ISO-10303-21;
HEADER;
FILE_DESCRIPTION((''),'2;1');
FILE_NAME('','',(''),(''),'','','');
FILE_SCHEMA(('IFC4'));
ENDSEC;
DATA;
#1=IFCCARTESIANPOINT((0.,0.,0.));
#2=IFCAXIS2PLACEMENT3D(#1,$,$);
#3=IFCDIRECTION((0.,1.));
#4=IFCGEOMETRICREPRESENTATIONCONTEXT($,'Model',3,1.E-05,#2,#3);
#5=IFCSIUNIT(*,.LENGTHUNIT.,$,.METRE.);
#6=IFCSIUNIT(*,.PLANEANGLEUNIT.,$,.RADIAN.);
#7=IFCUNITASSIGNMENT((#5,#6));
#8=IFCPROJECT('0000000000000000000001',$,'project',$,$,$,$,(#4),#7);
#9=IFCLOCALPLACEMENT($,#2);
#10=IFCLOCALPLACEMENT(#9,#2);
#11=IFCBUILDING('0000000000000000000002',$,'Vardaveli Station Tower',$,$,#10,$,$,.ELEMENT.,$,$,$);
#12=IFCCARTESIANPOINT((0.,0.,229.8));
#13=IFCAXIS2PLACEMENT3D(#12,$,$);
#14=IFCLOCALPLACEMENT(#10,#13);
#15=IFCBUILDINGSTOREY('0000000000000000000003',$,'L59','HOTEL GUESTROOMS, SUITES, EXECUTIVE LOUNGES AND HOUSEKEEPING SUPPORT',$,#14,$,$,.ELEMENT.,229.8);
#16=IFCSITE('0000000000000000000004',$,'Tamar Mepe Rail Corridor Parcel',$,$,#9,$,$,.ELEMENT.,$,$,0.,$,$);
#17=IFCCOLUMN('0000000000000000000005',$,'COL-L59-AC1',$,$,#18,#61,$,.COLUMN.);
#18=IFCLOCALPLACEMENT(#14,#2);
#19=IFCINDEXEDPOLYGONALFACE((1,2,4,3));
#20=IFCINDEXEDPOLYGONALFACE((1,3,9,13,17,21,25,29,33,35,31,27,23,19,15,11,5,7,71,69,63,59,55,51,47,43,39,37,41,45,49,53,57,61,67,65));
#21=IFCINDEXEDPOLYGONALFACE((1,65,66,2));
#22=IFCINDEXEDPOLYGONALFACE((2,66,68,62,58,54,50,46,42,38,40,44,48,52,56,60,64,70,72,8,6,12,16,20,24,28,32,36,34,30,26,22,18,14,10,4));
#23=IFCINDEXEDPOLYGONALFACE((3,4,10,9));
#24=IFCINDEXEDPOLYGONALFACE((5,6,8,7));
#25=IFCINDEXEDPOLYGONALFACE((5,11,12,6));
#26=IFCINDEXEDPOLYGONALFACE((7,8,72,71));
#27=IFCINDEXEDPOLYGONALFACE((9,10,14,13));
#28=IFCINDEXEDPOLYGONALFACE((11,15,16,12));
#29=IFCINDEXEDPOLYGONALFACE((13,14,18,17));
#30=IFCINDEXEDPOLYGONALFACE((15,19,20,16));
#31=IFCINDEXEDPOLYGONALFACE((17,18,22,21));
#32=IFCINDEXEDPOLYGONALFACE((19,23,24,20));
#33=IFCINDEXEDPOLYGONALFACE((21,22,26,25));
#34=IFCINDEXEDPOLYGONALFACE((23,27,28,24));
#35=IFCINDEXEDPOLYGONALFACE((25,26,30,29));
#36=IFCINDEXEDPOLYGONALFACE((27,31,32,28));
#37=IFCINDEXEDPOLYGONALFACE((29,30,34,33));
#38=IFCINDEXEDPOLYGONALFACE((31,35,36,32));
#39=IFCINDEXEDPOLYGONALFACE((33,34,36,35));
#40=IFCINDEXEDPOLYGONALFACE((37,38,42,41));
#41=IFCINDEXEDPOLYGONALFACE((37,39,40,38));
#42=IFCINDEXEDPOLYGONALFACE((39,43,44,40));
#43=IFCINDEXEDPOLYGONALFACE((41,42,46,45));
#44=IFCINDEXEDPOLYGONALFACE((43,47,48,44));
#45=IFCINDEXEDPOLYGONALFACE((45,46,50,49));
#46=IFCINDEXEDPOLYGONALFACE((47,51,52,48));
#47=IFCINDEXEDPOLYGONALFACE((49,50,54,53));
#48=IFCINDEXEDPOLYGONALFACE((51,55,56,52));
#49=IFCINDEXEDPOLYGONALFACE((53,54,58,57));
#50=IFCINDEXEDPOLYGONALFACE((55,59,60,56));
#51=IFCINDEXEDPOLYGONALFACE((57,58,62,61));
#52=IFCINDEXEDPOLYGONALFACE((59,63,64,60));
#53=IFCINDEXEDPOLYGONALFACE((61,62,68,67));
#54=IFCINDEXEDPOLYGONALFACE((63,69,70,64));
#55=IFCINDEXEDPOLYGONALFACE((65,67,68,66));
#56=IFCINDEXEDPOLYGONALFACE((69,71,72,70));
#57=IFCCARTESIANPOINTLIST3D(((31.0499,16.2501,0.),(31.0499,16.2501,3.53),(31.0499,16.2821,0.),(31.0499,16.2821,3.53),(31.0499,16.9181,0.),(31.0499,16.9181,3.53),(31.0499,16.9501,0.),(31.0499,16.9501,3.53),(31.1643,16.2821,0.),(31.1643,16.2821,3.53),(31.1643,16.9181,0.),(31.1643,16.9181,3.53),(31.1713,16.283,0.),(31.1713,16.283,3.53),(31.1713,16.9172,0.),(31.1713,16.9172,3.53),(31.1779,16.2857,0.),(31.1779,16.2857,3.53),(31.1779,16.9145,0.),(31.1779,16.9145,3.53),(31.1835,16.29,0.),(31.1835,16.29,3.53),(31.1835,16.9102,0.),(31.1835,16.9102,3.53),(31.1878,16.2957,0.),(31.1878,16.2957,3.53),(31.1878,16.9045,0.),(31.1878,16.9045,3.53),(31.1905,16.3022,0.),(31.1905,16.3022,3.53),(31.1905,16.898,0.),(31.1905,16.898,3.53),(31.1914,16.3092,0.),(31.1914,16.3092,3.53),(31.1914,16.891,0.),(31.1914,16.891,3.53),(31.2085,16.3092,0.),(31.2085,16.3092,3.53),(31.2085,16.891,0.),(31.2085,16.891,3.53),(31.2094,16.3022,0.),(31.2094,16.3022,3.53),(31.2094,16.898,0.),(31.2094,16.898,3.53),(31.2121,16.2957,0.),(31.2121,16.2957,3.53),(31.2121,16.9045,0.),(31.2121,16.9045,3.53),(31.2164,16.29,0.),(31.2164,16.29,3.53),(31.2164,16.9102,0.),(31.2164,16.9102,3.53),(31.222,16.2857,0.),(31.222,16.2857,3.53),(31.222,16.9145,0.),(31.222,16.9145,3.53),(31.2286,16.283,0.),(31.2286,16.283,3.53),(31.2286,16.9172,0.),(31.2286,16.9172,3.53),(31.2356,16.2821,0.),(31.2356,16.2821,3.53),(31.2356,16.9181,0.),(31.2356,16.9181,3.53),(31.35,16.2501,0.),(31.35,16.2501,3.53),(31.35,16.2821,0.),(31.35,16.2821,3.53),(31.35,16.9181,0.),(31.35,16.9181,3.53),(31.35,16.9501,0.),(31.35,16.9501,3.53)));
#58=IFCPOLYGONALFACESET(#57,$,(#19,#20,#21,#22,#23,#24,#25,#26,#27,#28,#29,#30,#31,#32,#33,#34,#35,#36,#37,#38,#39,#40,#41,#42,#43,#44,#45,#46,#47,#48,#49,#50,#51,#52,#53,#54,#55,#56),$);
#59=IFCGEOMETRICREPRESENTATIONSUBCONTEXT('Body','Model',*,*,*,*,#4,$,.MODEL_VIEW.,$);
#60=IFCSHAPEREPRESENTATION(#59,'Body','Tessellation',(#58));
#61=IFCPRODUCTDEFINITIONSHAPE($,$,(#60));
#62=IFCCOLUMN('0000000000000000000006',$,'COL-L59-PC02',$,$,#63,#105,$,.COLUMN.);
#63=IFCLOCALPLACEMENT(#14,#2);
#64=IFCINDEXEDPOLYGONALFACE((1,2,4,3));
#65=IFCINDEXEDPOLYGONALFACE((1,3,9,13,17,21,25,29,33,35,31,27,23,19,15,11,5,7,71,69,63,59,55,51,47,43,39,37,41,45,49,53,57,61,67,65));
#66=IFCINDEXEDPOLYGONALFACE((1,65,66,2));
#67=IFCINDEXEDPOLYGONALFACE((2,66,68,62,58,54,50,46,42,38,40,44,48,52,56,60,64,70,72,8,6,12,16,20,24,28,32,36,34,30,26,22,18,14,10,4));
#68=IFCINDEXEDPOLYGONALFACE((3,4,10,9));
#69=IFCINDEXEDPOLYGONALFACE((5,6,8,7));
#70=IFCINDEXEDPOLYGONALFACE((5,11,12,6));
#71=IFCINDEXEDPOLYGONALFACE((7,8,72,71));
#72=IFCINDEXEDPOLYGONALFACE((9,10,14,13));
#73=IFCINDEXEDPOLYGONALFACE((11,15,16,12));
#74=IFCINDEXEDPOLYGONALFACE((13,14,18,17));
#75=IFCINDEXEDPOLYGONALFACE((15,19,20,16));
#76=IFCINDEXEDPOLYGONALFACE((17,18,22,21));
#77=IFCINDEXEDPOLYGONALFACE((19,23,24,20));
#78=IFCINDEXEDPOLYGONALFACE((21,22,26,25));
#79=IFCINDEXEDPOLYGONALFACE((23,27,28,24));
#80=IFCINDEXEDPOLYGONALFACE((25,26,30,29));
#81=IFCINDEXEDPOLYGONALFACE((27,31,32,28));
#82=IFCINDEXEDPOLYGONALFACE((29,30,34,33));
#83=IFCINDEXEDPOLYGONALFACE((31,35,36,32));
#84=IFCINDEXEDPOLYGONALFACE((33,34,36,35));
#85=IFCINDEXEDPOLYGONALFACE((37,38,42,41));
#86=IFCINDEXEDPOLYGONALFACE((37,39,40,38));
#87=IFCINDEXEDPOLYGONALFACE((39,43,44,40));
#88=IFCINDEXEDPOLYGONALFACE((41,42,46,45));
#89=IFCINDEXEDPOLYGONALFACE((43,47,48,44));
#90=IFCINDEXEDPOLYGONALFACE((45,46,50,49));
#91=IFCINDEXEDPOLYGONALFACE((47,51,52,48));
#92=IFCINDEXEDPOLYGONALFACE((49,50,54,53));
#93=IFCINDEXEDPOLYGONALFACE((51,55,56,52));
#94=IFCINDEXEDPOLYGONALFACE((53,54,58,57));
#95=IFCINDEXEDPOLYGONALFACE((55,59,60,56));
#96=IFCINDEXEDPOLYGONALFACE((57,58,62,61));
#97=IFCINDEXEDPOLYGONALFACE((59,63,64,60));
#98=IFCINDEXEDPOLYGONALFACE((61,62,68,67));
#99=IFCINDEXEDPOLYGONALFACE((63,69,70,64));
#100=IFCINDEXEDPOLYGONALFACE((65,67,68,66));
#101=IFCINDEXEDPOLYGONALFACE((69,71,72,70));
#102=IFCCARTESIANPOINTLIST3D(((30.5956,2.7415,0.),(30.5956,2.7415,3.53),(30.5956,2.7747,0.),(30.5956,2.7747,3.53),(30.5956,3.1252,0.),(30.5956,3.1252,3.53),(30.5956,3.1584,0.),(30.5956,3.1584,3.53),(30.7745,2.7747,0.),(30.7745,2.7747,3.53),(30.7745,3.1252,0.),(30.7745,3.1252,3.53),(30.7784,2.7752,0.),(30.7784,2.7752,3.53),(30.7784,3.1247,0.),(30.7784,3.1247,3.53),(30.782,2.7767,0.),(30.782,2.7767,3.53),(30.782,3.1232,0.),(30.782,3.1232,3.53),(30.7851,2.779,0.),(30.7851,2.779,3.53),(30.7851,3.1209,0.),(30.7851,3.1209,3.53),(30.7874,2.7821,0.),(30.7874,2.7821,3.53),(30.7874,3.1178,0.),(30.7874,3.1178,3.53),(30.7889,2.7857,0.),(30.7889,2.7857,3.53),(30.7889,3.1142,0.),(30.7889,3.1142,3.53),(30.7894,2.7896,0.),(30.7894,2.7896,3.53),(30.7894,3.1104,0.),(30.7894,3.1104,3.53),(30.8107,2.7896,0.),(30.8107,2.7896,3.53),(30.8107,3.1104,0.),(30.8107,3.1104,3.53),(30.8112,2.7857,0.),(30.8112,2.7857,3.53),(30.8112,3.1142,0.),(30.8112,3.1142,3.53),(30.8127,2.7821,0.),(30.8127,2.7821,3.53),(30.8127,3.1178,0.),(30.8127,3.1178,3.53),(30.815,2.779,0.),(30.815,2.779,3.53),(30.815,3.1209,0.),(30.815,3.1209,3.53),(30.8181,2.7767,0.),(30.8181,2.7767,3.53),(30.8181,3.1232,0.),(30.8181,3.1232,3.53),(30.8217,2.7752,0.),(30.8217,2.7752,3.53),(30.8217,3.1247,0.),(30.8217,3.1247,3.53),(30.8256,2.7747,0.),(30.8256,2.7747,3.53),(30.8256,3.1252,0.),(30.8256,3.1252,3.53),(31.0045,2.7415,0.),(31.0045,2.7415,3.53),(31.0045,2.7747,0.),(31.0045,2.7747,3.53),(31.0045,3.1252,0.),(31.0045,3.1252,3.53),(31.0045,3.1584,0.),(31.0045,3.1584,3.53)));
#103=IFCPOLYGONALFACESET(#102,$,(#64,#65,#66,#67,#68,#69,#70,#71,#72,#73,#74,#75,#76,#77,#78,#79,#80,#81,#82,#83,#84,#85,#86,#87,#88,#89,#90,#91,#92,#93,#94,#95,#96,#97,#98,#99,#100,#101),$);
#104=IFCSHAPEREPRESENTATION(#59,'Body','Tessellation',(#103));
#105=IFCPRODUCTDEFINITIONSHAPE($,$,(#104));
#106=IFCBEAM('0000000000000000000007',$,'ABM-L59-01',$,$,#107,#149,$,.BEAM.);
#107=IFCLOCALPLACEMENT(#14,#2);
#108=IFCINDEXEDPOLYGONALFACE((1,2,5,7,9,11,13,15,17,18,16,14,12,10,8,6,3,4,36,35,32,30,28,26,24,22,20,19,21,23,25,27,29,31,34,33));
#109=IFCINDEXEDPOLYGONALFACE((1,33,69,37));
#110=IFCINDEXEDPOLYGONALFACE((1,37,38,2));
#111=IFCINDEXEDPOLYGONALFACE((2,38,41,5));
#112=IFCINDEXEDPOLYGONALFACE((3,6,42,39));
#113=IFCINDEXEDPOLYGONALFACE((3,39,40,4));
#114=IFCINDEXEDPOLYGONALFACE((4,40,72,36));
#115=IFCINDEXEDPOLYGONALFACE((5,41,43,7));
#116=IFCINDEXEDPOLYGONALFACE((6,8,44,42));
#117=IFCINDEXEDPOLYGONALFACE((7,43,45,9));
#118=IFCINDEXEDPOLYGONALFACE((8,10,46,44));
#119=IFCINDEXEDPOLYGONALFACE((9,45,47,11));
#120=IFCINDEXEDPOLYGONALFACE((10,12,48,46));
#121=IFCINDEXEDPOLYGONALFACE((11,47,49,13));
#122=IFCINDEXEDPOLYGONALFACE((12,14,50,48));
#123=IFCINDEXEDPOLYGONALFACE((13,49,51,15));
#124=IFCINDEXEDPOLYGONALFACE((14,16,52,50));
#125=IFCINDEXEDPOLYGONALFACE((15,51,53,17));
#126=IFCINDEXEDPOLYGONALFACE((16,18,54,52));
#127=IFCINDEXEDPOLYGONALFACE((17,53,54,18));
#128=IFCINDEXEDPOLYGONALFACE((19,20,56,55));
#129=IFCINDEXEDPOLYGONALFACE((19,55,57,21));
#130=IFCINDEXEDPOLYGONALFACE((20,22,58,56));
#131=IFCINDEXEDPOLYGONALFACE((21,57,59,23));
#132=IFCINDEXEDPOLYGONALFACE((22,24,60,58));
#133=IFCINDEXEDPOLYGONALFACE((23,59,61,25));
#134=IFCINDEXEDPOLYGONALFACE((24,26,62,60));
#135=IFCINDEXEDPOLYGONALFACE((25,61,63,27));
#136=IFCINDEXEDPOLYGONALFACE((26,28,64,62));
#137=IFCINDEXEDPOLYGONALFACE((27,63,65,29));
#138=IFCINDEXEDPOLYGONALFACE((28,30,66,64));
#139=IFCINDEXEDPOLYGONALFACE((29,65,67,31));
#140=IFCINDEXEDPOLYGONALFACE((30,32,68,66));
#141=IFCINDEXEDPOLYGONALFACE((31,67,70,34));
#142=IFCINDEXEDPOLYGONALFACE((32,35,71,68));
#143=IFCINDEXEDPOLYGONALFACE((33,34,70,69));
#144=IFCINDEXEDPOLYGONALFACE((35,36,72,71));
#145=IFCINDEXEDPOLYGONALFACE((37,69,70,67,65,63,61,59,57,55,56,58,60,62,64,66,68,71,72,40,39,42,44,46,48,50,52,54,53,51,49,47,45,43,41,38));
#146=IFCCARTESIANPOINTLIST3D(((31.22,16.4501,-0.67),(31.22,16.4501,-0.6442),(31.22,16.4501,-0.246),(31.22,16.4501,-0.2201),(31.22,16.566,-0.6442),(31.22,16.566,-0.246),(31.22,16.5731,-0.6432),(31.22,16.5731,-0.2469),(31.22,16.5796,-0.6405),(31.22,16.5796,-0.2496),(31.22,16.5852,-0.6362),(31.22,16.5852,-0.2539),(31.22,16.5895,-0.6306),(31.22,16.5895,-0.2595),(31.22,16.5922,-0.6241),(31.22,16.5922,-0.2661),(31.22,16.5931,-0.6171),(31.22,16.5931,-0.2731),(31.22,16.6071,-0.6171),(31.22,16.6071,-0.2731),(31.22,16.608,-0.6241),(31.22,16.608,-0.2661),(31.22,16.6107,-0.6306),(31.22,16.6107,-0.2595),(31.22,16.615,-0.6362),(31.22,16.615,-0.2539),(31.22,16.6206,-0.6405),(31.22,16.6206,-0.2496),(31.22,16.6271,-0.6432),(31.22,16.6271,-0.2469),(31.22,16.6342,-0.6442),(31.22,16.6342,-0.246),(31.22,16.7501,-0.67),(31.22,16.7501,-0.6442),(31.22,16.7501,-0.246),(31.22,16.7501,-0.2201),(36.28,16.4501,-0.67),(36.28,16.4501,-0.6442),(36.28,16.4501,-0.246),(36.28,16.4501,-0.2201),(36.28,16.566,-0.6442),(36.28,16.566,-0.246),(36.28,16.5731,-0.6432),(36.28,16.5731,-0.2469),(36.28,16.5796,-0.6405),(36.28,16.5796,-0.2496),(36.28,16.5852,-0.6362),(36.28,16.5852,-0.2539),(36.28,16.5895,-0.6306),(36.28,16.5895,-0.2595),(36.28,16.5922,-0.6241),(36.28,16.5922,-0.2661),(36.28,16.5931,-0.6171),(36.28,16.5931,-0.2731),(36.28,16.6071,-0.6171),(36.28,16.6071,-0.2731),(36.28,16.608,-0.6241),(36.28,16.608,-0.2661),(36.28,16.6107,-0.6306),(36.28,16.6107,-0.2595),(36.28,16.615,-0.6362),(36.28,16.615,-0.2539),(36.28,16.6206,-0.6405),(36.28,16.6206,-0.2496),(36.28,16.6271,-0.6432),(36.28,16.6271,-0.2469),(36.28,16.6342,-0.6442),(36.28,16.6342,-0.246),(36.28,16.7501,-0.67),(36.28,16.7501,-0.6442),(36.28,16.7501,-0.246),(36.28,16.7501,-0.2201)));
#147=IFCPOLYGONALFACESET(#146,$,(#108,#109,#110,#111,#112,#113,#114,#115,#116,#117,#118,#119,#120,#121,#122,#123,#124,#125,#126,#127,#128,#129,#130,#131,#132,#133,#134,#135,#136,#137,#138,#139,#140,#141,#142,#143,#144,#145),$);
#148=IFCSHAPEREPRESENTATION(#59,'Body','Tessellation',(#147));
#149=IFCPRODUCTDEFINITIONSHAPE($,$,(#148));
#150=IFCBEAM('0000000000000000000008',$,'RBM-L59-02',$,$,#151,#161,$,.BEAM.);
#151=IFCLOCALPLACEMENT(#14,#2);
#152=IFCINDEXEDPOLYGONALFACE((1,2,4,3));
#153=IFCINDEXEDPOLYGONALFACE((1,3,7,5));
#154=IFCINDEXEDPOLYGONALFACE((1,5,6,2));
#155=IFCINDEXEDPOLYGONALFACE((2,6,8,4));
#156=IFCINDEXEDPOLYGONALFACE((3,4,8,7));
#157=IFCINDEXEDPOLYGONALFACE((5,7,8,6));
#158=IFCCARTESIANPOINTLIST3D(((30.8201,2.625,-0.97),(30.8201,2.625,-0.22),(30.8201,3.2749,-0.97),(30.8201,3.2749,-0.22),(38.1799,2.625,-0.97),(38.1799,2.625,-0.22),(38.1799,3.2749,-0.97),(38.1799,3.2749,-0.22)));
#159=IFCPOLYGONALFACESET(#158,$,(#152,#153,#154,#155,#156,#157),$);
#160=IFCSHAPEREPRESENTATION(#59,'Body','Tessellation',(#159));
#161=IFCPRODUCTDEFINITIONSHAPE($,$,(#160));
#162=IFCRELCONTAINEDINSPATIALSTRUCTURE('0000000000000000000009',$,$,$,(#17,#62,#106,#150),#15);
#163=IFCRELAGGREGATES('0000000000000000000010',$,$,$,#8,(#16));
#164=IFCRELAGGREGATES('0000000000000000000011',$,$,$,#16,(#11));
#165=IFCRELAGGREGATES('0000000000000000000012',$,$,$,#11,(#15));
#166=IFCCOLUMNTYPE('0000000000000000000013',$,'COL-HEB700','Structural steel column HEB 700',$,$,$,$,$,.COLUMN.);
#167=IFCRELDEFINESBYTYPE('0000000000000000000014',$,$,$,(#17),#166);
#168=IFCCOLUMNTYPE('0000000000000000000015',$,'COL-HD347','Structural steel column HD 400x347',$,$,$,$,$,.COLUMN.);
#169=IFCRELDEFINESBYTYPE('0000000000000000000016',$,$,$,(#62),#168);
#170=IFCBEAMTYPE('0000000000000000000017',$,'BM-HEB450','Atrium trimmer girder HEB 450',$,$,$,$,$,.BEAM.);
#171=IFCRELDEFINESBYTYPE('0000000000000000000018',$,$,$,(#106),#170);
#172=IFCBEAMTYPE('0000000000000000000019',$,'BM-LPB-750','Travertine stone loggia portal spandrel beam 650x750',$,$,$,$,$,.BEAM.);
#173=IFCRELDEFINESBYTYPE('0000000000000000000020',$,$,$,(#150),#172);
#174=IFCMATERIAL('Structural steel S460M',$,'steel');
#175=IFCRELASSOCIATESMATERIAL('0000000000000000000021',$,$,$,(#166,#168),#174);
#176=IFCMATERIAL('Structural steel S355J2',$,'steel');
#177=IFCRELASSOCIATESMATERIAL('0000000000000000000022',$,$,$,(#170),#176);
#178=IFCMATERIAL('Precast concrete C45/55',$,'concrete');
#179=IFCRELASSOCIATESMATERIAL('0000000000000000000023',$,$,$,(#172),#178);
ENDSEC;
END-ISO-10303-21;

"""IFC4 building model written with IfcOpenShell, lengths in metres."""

from ifc_helpers import new_model, si_unit, direction, frame, origin, origin_2d, place, context, subcontext, project, spatial, rectangle, i_section, extrude, source, transform, mapped, material, material_profile, profile_set, type_object, element, save


model = new_model("IFC4")

# Units and contexts
model_context = context("Model", 3, precision=1e-05, world=origin(), true_north=direction((0.0, 1.0)))
body_context = subcontext(model_context, "Body", "Model", "MODEL_VIEW")
ifc_project = project(units=[si_unit("LENGTHUNIT", "METRE"), si_unit("PLANEANGLEUNIT", "RADIAN")], contexts=[model_context])

# Site, building, storey
site_placement = place(None, origin())
site = spatial("IfcSite", under=ifc_project, at=site_placement, Name="Tamar Mepe Rail Corridor Parcel", CompositionType="ELEMENT", RefElevation=0.0)
building_placement = place(site_placement, origin())
building = spatial("IfcBuilding", under=site, at=building_placement, Name="Vardaveli Station Tower", CompositionType="ELEMENT")
storey_placement = place(building_placement, frame((0.0, 0.0, 229.8)))
storey = spatial("IfcBuildingStorey", under=building, at=storey_placement, Name="L59", Description="HOTEL GUESTROOMS, SUITES, EXECUTIVE LOUNGES AND HOUSEKEEPING SUPPORT", CompositionType="ELEMENT", Elevation=229.8)

# Columns
ifc_material_1 = material(Name="Structural steel S460M", Category="steel")
ifc_material_profile_1 = material_profile(ifc_material_1, i_section(OverallWidth=0.3, OverallDepth=0.7, WebThickness=0.0171, FlangeThickness=0.032, FilletRadius=0.0271, at=origin_2d()), Name="HEB 700")
ifc_profile_set_1 = profile_set([ifc_material_profile_1], Name="Structural steel S460M")
column_type_1 = type_object("IfcColumnType", Name="COL-HEB700", Description="Structural steel column HEB 700", PredefinedType="COLUMN", material=ifc_profile_set_1)
shared_shape_1 = source(origin(), body_context, "Body", "SweptSolid", [
    extrude(i_section(OverallWidth=0.3, OverallDepth=0.7, WebThickness=0.0171, FlangeThickness=0.032, FilletRadius=0.0271, at=origin_2d()), origin(), (0.0, 0.0, 1.0), 3.53),
])
column_1_placement = place(storey_placement, frame((31.2, 16.6001, 0.0), z_axis=(0.0, 0.0, 1.0), x_axis=(1.0, 0.0, 0.0)))
element("IfcColumn", 1, at=column_1_placement, inside=storey, type_object=column_type_1, Name="COL-L59-AC1", PredefinedType="COLUMN", context=body_context, shape_type="MappedRepresentation", body=[
    mapped(shared_shape_1, transform((0.0, 0.0, 0.0), scale=1.0)),
])
ifc_material_profile_2 = material_profile(ifc_material_1, i_section(OverallWidth=0.4089, OverallDepth=0.417, WebThickness=0.0212, FlangeThickness=0.0332, FilletRadius=0.0149, at=origin_2d()), Name="HD 400x347")
ifc_profile_set_2 = profile_set([ifc_material_profile_2], Name="Structural steel S460M")
column_type_2 = type_object("IfcColumnType", Name="COL-HD347", Description="Structural steel column HD 400x347", PredefinedType="COLUMN", material=ifc_profile_set_2)
shared_shape_2 = source(origin(), body_context, "Body", "SweptSolid", [
    extrude(i_section(OverallWidth=0.4089, OverallDepth=0.417, WebThickness=0.0212, FlangeThickness=0.0332, FilletRadius=0.0149, at=origin_2d()), origin(), (0.0, 0.0, 1.0), 3.53),
])
column_2_placement = place(storey_placement, frame((30.8, 2.95, 0.0), z_axis=(0.0, 0.0, 1.0), x_axis=(1.0, 0.0, 0.0)))
element("IfcColumn", 2, at=column_2_placement, inside=storey, type_object=column_type_2, Name="COL-L59-PC02", PredefinedType="COLUMN", context=body_context, shape_type="MappedRepresentation", body=[
    mapped(shared_shape_2, transform((0.0, 0.0, 0.0), scale=1.0)),
])

# Beams
ifc_material_2 = material(Name="Structural steel S355J2", Category="steel")
ifc_material_profile_3 = material_profile(ifc_material_2, i_section(OverallWidth=0.3, OverallDepth=0.45, WebThickness=0.0139, FlangeThickness=0.0259, FilletRadius=0.0271, at=origin_2d()), Name="HEB 450")
ifc_profile_set_3 = profile_set([ifc_material_profile_3], Name="Structural steel S355J2")
beam_type_1 = type_object("IfcBeamType", Name="BM-HEB450", Description="Atrium trimmer girder HEB 450", PredefinedType="BEAM", material=ifc_profile_set_3)
shared_shape_3 = source(origin(), body_context, "Body", "SweptSolid", [
    extrude(i_section(OverallWidth=0.3, OverallDepth=0.45, WebThickness=0.0139, FlangeThickness=0.0259, FilletRadius=0.0271, at=origin_2d()), origin(), (0.0, 0.0, 1.0), 5.0601),
])
beam_1_placement = place(storey_placement, frame((31.22, 16.6001, -0.4451), z_axis=(1.0, 0.0, 0.0), x_axis=(0.0, 1.0, 0.0)))
element("IfcBeam", 3, at=beam_1_placement, inside=storey, type_object=beam_type_1, Name="ABM-L59-01", PredefinedType="BEAM", context=body_context, shape_type="MappedRepresentation", body=[
    mapped(shared_shape_3, transform((0.0, 0.0, 0.0), scale=1.0)),
])
ifc_material_3 = material(Name="Precast concrete C45/55", Category="concrete")
ifc_material_profile_4 = material_profile(ifc_material_3, rectangle(XDim=0.6499, YDim=0.75, at=origin_2d()), Name="LPB 650x750")
ifc_profile_set_4 = profile_set([ifc_material_profile_4], Name="Precast concrete C45/55")
beam_type_2 = type_object("IfcBeamType", Name="BM-LPB-750", Description="Travertine stone loggia portal spandrel beam 650x750", PredefinedType="BEAM", material=ifc_profile_set_4)
shared_shape_4 = source(origin(), body_context, "Body", "SweptSolid", [
    extrude(rectangle(XDim=0.6499, YDim=0.75, at=origin_2d()), origin(), (0.0, 0.0, 1.0), 7.3599),
])
beam_2_placement = place(storey_placement, frame((30.8201, 2.95, -0.595), z_axis=(1.0, 0.0, 0.0), x_axis=(0.0, 1.0, 0.0)))
element("IfcBeam", 4, at=beam_2_placement, inside=storey, type_object=beam_type_2, Name="RBM-L59-02", PredefinedType="BEAM", context=body_context, shape_type="MappedRepresentation", body=[
    mapped(shared_shape_4, transform((0.0, 0.0, 0.0), scale=1.0)),
])

save(model, "model.ifc")
